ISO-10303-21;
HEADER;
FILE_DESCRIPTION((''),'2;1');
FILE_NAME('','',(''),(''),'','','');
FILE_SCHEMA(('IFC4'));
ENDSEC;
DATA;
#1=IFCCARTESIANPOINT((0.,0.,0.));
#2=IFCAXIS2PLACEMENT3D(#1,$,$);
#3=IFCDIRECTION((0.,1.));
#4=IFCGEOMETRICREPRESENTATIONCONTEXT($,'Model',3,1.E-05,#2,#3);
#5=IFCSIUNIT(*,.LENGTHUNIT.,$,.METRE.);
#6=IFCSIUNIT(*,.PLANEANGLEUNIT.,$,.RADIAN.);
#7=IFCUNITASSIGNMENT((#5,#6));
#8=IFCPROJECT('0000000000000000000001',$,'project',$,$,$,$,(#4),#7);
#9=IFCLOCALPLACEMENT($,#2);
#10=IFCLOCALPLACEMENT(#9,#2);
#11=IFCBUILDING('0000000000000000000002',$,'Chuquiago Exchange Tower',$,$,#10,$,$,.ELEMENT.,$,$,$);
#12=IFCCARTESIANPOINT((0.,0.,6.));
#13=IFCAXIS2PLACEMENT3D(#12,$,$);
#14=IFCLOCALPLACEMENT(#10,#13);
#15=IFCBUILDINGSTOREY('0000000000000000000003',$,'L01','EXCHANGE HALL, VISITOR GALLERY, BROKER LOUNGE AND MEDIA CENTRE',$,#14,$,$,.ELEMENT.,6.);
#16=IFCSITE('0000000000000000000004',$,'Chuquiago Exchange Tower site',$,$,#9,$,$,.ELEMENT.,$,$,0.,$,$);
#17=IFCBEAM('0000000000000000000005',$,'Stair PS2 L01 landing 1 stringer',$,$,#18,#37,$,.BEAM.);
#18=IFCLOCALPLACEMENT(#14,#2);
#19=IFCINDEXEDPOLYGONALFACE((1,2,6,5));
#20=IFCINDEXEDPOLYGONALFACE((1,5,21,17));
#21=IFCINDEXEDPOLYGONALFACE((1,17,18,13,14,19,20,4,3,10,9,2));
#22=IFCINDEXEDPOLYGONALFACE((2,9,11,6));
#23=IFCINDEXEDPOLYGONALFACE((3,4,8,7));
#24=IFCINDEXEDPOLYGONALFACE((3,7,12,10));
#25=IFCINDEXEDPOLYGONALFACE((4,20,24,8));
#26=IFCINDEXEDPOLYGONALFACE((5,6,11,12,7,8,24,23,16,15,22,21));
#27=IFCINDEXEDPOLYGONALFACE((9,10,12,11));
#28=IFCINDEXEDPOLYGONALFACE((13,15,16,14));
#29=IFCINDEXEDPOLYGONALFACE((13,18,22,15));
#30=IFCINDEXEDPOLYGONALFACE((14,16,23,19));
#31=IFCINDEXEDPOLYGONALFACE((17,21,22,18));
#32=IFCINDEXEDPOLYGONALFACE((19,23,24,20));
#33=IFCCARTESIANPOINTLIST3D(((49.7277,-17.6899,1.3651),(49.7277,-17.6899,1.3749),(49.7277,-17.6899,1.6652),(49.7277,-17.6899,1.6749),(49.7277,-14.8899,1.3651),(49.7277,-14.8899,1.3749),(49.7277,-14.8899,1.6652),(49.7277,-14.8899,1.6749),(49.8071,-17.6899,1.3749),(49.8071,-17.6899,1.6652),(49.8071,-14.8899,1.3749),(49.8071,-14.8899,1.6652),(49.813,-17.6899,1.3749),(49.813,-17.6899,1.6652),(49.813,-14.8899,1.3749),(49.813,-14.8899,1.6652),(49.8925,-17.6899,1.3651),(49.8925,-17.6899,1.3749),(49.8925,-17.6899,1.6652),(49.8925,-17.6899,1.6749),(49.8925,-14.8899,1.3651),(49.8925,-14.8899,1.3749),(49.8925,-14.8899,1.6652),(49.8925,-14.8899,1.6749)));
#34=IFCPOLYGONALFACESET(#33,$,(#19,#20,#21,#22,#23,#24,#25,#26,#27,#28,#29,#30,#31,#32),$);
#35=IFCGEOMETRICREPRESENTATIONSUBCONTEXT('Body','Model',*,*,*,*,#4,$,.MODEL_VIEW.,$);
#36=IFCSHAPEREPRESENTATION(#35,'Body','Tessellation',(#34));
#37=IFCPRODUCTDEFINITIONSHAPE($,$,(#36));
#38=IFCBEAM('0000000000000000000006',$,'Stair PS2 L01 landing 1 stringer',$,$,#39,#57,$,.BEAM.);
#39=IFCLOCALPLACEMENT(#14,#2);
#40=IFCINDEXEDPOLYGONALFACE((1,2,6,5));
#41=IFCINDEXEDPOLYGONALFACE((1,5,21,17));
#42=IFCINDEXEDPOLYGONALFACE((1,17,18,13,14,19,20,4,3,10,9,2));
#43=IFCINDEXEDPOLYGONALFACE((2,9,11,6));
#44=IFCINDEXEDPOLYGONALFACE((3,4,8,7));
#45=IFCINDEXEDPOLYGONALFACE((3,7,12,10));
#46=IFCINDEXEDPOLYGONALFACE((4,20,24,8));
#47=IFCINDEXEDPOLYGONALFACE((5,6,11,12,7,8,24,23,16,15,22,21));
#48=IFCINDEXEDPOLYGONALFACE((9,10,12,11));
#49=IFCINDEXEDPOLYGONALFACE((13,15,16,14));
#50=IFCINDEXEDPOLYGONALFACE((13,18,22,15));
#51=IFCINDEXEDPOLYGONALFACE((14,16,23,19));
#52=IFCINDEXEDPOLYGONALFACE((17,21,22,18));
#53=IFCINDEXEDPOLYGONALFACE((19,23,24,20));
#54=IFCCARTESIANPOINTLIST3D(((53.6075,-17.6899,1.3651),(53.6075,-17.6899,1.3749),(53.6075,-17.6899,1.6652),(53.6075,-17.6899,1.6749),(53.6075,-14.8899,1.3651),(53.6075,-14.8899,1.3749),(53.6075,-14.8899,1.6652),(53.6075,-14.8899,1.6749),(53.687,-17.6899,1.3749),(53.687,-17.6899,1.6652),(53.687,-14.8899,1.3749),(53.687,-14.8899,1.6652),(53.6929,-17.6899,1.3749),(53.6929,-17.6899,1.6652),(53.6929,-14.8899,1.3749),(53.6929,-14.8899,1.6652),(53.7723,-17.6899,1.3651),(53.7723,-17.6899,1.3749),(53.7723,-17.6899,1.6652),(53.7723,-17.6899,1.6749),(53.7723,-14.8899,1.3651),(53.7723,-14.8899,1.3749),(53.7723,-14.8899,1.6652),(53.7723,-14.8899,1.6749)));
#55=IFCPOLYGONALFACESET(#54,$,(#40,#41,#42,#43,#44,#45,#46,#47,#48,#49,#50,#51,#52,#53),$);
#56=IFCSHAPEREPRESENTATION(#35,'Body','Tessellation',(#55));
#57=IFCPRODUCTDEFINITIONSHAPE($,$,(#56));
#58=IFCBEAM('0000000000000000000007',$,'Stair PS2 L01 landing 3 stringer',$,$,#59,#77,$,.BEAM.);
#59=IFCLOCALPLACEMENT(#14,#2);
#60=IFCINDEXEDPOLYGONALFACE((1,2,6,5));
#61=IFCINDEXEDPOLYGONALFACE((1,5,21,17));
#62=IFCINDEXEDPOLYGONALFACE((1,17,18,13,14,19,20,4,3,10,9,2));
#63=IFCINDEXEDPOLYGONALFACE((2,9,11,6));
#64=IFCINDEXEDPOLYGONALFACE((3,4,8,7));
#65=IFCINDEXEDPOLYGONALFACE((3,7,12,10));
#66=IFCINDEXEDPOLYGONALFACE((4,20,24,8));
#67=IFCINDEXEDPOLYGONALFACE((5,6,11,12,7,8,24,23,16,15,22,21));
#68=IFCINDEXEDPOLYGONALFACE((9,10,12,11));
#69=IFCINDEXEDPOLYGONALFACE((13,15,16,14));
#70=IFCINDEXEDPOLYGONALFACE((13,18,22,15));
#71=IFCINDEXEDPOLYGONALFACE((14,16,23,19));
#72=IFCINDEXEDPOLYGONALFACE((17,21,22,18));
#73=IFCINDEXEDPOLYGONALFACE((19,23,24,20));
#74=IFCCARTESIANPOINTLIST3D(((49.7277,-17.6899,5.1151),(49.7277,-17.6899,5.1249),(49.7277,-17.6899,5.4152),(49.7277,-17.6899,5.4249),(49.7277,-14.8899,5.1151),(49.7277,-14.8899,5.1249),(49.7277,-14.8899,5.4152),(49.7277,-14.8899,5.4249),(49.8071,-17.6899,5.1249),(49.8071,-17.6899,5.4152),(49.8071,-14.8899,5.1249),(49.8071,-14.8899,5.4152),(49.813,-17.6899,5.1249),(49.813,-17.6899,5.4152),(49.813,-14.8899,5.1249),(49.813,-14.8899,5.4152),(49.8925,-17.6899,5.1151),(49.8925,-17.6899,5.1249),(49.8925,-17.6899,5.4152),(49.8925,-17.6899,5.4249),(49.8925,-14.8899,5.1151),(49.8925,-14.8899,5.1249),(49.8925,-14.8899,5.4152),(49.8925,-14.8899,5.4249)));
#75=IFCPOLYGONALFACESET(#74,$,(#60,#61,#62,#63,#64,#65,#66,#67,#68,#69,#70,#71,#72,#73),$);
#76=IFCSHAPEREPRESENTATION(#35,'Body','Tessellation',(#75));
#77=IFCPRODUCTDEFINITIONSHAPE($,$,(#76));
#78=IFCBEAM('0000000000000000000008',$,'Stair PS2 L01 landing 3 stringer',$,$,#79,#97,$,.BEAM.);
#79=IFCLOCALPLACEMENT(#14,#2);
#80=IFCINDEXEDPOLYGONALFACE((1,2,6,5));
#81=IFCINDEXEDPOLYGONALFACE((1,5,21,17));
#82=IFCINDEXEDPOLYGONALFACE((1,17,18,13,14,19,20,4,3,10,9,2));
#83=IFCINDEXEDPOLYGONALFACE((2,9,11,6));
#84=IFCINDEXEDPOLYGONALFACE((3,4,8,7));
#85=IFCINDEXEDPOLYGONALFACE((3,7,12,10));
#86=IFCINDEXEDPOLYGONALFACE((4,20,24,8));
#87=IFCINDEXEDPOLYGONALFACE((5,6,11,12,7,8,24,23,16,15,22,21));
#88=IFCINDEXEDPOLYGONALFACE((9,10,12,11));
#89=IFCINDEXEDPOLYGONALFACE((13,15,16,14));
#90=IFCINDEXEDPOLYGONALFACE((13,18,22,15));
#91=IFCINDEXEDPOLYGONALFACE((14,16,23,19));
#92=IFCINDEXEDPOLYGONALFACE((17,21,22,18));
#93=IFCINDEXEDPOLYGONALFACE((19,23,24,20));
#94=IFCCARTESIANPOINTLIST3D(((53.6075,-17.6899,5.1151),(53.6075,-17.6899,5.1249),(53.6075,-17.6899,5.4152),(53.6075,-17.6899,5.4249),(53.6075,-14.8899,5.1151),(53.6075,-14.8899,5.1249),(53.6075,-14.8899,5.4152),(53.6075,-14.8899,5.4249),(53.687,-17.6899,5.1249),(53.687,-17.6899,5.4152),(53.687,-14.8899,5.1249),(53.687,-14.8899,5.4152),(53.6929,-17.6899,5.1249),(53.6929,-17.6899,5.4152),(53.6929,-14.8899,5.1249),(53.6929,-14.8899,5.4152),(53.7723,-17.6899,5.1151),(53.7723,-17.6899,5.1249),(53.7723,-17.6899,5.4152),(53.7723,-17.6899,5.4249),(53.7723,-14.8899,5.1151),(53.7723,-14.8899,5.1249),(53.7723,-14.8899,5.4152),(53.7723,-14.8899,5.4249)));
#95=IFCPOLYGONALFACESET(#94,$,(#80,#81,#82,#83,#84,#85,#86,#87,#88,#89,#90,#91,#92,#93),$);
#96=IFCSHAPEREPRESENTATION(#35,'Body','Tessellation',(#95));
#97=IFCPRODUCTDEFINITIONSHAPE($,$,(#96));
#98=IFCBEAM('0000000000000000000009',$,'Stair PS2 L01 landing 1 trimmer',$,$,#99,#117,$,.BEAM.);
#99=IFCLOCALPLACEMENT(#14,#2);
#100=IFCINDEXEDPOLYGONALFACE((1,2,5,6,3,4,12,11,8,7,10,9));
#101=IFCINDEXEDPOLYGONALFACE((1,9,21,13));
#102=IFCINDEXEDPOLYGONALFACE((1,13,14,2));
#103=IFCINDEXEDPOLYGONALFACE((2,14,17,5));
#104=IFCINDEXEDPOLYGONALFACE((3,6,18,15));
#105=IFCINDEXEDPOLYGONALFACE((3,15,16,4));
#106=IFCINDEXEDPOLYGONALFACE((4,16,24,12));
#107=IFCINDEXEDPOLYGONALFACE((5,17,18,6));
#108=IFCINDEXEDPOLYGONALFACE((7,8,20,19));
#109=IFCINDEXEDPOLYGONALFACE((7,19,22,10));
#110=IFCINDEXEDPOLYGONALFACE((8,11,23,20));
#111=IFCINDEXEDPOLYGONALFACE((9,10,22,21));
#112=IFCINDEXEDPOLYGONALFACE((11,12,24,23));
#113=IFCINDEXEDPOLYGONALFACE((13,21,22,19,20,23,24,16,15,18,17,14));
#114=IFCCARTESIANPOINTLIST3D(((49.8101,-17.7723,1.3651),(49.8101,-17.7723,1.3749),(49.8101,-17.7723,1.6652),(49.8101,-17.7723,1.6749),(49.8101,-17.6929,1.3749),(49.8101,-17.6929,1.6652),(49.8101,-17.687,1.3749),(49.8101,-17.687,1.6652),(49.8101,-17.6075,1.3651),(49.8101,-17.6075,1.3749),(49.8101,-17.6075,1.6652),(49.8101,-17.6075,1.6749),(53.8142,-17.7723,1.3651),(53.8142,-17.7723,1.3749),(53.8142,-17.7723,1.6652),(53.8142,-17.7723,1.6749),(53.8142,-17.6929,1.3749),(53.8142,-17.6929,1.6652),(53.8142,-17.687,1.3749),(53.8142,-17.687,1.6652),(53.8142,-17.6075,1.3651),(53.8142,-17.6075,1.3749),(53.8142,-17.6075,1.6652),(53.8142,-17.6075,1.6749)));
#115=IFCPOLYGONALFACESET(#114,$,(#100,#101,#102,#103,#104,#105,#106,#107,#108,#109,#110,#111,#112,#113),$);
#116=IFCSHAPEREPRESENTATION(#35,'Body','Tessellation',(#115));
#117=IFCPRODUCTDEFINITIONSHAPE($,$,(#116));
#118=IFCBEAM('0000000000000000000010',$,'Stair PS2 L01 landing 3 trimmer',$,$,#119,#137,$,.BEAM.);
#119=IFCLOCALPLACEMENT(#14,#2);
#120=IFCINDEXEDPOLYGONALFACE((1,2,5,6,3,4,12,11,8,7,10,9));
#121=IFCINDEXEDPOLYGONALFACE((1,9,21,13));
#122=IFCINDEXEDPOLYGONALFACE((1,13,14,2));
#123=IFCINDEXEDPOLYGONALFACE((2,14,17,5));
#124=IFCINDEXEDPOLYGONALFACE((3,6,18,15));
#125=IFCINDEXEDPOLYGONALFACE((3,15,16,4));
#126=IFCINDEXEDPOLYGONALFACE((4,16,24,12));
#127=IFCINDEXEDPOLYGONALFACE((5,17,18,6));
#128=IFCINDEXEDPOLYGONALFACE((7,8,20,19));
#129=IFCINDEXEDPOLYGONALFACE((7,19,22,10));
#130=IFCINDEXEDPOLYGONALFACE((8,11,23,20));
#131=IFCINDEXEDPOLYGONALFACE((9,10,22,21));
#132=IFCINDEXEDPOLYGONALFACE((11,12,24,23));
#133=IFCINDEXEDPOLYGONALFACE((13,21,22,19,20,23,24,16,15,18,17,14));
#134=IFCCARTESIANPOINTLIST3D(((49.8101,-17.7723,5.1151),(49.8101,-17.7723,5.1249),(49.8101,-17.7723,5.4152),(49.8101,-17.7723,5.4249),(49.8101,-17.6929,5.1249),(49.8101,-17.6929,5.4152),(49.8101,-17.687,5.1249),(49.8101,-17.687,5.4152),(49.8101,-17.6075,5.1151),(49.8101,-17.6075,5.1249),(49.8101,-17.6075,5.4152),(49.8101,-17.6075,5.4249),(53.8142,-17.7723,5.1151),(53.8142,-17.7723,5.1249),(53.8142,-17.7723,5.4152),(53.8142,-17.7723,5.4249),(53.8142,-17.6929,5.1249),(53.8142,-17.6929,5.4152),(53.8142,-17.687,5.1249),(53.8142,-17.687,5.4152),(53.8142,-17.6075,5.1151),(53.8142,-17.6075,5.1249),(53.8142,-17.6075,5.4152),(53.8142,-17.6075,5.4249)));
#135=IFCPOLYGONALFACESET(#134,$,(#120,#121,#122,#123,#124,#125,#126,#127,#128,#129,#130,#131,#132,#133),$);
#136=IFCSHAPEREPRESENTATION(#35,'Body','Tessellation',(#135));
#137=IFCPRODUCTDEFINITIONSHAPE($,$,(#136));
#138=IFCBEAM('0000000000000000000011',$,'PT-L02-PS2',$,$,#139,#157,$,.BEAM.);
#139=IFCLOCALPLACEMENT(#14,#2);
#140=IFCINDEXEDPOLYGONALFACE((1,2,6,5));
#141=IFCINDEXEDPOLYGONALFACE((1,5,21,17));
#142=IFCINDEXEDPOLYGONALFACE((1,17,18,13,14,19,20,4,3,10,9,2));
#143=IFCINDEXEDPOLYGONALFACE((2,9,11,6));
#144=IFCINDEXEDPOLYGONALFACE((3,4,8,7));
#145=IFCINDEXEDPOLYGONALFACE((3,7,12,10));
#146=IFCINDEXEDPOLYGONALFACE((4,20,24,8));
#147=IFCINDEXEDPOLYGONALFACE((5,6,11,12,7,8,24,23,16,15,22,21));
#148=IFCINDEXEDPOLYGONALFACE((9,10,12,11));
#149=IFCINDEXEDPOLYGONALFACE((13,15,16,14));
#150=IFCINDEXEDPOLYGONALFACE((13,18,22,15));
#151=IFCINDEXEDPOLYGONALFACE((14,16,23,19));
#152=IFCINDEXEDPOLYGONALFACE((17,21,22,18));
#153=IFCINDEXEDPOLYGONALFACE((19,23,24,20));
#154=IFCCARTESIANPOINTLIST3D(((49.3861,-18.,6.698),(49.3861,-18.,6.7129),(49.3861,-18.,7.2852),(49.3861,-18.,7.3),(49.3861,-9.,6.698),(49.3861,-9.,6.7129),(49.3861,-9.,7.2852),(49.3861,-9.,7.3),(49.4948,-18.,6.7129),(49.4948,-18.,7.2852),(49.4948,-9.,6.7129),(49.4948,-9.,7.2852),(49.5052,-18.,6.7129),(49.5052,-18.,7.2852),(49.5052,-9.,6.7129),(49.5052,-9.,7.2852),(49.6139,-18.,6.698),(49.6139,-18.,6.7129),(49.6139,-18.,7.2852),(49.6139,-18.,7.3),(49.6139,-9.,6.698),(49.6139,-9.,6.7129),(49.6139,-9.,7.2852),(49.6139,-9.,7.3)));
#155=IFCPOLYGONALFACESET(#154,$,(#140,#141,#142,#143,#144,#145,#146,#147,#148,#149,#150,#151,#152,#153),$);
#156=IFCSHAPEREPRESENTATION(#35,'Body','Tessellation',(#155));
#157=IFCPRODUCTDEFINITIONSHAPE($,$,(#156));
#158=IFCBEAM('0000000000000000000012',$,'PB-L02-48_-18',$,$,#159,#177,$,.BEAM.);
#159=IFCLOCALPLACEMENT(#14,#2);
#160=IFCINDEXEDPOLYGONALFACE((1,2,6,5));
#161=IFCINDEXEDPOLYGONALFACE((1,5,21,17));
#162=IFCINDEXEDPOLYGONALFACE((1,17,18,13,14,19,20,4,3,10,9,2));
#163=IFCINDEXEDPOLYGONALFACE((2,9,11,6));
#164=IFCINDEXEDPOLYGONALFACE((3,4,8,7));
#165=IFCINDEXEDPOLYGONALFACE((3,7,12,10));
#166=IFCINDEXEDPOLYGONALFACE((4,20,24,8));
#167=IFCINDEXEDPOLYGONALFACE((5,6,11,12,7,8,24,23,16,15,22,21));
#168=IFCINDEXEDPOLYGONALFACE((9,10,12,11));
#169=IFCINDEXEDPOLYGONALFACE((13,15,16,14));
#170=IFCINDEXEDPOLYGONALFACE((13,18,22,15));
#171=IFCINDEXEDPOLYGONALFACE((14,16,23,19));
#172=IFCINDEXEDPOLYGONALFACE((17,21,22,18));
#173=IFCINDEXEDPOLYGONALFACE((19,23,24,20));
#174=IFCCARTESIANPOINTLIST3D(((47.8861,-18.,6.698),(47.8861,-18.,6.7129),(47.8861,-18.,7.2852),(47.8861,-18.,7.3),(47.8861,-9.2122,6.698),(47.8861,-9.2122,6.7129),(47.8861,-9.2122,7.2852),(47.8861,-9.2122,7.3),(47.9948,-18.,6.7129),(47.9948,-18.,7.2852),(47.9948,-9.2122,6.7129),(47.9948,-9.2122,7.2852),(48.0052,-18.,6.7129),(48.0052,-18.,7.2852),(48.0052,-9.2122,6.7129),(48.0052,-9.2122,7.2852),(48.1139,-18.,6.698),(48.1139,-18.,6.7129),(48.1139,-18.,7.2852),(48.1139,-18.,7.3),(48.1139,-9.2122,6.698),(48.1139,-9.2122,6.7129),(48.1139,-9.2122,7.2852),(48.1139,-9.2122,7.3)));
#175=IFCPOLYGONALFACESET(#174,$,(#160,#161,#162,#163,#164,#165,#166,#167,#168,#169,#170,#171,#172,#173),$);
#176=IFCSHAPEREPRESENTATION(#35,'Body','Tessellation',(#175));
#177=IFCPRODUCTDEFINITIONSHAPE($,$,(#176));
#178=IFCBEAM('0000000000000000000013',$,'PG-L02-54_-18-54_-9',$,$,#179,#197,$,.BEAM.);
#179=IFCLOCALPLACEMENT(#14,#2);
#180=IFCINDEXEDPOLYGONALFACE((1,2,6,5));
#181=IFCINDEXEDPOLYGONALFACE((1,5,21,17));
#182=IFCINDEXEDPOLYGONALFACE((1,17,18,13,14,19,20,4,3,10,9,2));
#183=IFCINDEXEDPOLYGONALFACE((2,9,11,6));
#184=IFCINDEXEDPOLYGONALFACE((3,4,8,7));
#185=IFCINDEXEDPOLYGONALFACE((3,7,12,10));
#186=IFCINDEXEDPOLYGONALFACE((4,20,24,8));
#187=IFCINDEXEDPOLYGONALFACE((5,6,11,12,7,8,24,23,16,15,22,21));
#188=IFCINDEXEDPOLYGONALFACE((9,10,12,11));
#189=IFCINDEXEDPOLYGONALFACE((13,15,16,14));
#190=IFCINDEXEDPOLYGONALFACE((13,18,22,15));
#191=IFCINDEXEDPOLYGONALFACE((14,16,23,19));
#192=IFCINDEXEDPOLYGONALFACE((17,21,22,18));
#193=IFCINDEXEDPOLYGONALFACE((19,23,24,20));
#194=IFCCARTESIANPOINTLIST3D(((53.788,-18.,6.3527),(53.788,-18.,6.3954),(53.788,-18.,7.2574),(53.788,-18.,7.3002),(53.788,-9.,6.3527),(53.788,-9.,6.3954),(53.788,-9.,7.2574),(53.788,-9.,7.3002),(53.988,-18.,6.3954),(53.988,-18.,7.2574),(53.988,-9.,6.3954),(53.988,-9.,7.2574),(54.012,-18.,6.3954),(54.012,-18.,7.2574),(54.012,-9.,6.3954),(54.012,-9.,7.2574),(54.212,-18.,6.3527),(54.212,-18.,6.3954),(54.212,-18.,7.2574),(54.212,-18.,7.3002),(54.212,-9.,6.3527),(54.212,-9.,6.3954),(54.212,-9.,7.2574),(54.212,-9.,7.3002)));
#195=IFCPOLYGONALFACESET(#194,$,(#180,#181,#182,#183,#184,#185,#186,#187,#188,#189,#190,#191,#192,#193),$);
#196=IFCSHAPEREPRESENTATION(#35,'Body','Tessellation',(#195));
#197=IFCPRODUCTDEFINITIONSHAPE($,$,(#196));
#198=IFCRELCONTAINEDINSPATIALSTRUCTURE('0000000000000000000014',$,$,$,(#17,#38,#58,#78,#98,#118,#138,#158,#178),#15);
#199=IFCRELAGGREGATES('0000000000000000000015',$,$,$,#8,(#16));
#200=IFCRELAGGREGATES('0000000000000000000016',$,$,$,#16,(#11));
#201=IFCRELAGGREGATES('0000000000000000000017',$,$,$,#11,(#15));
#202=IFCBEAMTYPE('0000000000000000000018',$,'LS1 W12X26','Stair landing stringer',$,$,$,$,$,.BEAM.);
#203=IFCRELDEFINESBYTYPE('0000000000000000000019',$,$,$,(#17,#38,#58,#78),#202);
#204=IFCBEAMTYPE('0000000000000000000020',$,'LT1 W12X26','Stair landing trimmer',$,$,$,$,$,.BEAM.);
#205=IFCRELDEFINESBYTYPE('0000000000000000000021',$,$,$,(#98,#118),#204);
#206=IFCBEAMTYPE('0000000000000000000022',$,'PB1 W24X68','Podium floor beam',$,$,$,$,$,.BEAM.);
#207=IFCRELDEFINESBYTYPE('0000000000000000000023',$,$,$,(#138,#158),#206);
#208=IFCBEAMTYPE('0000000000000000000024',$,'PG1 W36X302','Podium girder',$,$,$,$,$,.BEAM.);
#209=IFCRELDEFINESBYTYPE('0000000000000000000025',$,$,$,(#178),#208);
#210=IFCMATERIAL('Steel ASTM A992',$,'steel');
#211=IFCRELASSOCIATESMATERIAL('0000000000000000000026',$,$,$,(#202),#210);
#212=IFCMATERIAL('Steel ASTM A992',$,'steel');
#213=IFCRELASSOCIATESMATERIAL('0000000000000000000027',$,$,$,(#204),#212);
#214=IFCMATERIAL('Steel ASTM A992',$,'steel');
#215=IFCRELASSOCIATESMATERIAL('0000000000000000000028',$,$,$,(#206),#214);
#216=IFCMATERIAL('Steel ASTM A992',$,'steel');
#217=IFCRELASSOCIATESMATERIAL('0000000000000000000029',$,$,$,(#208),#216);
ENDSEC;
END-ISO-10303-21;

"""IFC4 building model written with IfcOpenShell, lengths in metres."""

from ifc_helpers import new_model, si_unit, direction, frame, origin, origin_2d, place, context, subcontext, project, spatial, i_section, extrude, material, material_profile, profile_set, type_object, element, save


model = new_model("IFC4")

# Units and contexts
model_context = context("Model", 3, precision=1e-05, world=origin(), true_north=direction((0.0, 1.0)))
body_context = subcontext(model_context, "Body", "Model", "MODEL_VIEW")
ifc_project = project(units=[si_unit("LENGTHUNIT", "METRE"), si_unit("PLANEANGLEUNIT", "RADIAN")], contexts=[model_context])

# Site, building, storey
site_placement = place(None, origin())
site = spatial("IfcSite", under=ifc_project, at=site_placement, Name="Chuquiago Exchange Tower site", CompositionType="ELEMENT", RefElevation=0.0)
building_placement = place(site_placement, origin())
building = spatial("IfcBuilding", under=site, at=building_placement, Name="Chuquiago Exchange Tower", CompositionType="ELEMENT")
storey_placement = place(building_placement, frame((0.0, 0.0, 6.0)))
storey = spatial("IfcBuildingStorey", under=building, at=storey_placement, Name="L01", Description="EXCHANGE HALL, VISITOR GALLERY, BROKER LOUNGE AND MEDIA CENTRE", CompositionType="ELEMENT", Elevation=6.0)

# Beams
ifc_material_1 = material(Name="Steel ASTM A992", Category="steel")
ifc_material_profile_1 = material_profile(ifc_material_1, i_section(OverallWidth=0.1648, OverallDepth=0.3098, WebThickness=0.0059, FlangeThickness=0.0098, at=origin_2d()), Name="W12X26")
ifc_profile_set_1 = profile_set([ifc_material_profile_1], Name="Steel ASTM A992")
beam_type_1 = type_object("IfcBeamType", Name="LS1 W12X26", Description="Stair landing stringer", PredefinedType="BEAM", material=ifc_profile_set_1)
for number, where, z_axis, x_axis, name in (
    (1, (49.8101, -17.6899, 1.52), (0.0, 1.0, 0.0), (-1.0, 0.0, 0.0), "Stair PS2 L01 landing 1 stringer"),
    (2, (53.6899, -17.6899, 1.52), (0.0, 1.0, 0.0), (-1.0, 0.0, 0.0), "Stair PS2 L01 landing 1 stringer"),
    (3, (49.8101, -17.6899, 5.27), (0.0, 1.0, 0.0), (-1.0, 0.0, 0.0), "Stair PS2 L01 landing 3 stringer"),
    (4, (53.6899, -17.6899, 5.27), (0.0, 1.0, 0.0), (-1.0, 0.0, 0.0), "Stair PS2 L01 landing 3 stringer"),
):
    element("IfcBeam", number, at=place(storey_placement, frame(where, z_axis=z_axis, x_axis=x_axis)), inside=storey, type_object=beam_type_1, Name=name, PredefinedType="BEAM", context=body_context, shape_type="SweptSolid", body=[
        extrude(i_section(OverallWidth=0.1648, OverallDepth=0.3098, WebThickness=0.0059, FlangeThickness=0.0098, at=origin_2d()), origin(), (0.0, 0.0, 1.0), 2.8),
    ])
ifc_material_2 = material(Name="Steel ASTM A992", Category="steel")
ifc_material_profile_2 = material_profile(ifc_material_2, i_section(OverallWidth=0.1648, OverallDepth=0.3098, WebThickness=0.0059, FlangeThickness=0.0098, at=origin_2d()), Name="W12X26")
ifc_profile_set_2 = profile_set([ifc_material_profile_2], Name="Steel ASTM A992")
beam_type_2 = type_object("IfcBeamType", Name="LT1 W12X26", Description="Stair landing trimmer", PredefinedType="BEAM", material=ifc_profile_set_2)
for number, where, z_axis, x_axis, name in (
    (5, (49.8101, -17.6899, 1.52), (1.0, 0.0, 0.0), (0.0, 1.0, 0.0), "Stair PS2 L01 landing 1 trimmer"),
    (6, (49.8101, -17.6899, 5.27), (1.0, 0.0, 0.0), (0.0, 1.0, 0.0), "Stair PS2 L01 landing 3 trimmer"),
):
    element("IfcBeam", number, at=place(storey_placement, frame(where, z_axis=z_axis, x_axis=x_axis)), inside=storey, type_object=beam_type_2, Name=name, PredefinedType="BEAM", context=body_context, shape_type="SweptSolid", body=[
        extrude(i_section(OverallWidth=0.1648, OverallDepth=0.3098, WebThickness=0.0059, FlangeThickness=0.0098, at=origin_2d()), origin(), (0.0, 0.0, 1.0), 4.0042),
    ])
ifc_material_3 = material(Name="Steel ASTM A992", Category="steel")
ifc_material_profile_3 = material_profile(ifc_material_3, i_section(OverallWidth=0.2278, OverallDepth=0.6021, WebThickness=0.0105, FlangeThickness=0.0149, at=origin_2d()), Name="W24X68")
ifc_profile_set_3 = profile_set([ifc_material_profile_3], Name="Steel ASTM A992")
beam_type_3 = type_object("IfcBeamType", Name="PB1 W24X68", Description="Podium floor beam", PredefinedType="BEAM", material=ifc_profile_set_3)
beam_1_placement = place(storey_placement, frame((49.5, -18.0, 6.999), z_axis=(0.0, 1.0, 0.0), x_axis=(-1.0, 0.0, 0.0)))
element("IfcBeam", 7, at=beam_1_placement, inside=storey, type_object=beam_type_3, Name="PT-L02-PS2", PredefinedType="BEAM", context=body_context, shape_type="SweptSolid", body=[
    extrude(i_section(OverallWidth=0.2278, OverallDepth=0.6021, WebThickness=0.0105, FlangeThickness=0.0149, at=origin_2d()), origin(), (0.0, 0.0, 1.0), 9.0),
])
beam_2_placement = place(storey_placement, frame((48.0, -18.0, 6.999), z_axis=(0.0, 1.0, 0.0), x_axis=(-1.0, 0.0, 0.0)))
element("IfcBeam", 8, at=beam_2_placement, inside=storey, type_object=beam_type_3, Name="PB-L02-48_-18", PredefinedType="BEAM", context=body_context, shape_type="SweptSolid", body=[
    extrude(i_section(OverallWidth=0.2278, OverallDepth=0.6021, WebThickness=0.0105, FlangeThickness=0.0149, at=origin_2d()), origin(), (0.0, 0.0, 1.0), 8.7878),
])
ifc_material_4 = material(Name="Steel ASTM A992", Category="steel")
ifc_material_profile_4 = material_profile(ifc_material_4, i_section(OverallWidth=0.4241, OverallDepth=0.9475, WebThickness=0.0239, FlangeThickness=0.0427, at=origin_2d()), Name="W36X302")
ifc_profile_set_4 = profile_set([ifc_material_profile_4], Name="Steel ASTM A992")
beam_type_4 = type_object("IfcBeamType", Name="PG1 W36X302", Description="Podium girder", PredefinedType="BEAM", material=ifc_profile_set_4)
beam_3_placement = place(storey_placement, frame((54.0, -18.0, 6.8264), z_axis=(0.0, 1.0, 0.0), x_axis=(-1.0, 0.0, 0.0)))
element("IfcBeam", 9, at=beam_3_placement, inside=storey, type_object=beam_type_4, Name="PG-L02-54_-18-54_-9", PredefinedType="BEAM", context=body_context, shape_type="SweptSolid", body=[
    extrude(i_section(OverallWidth=0.4241, OverallDepth=0.9475, WebThickness=0.0239, FlangeThickness=0.0427, at=origin_2d()), origin(), (0.0, 0.0, 1.0), 9.0),
])

save(model, "model.ifc")
